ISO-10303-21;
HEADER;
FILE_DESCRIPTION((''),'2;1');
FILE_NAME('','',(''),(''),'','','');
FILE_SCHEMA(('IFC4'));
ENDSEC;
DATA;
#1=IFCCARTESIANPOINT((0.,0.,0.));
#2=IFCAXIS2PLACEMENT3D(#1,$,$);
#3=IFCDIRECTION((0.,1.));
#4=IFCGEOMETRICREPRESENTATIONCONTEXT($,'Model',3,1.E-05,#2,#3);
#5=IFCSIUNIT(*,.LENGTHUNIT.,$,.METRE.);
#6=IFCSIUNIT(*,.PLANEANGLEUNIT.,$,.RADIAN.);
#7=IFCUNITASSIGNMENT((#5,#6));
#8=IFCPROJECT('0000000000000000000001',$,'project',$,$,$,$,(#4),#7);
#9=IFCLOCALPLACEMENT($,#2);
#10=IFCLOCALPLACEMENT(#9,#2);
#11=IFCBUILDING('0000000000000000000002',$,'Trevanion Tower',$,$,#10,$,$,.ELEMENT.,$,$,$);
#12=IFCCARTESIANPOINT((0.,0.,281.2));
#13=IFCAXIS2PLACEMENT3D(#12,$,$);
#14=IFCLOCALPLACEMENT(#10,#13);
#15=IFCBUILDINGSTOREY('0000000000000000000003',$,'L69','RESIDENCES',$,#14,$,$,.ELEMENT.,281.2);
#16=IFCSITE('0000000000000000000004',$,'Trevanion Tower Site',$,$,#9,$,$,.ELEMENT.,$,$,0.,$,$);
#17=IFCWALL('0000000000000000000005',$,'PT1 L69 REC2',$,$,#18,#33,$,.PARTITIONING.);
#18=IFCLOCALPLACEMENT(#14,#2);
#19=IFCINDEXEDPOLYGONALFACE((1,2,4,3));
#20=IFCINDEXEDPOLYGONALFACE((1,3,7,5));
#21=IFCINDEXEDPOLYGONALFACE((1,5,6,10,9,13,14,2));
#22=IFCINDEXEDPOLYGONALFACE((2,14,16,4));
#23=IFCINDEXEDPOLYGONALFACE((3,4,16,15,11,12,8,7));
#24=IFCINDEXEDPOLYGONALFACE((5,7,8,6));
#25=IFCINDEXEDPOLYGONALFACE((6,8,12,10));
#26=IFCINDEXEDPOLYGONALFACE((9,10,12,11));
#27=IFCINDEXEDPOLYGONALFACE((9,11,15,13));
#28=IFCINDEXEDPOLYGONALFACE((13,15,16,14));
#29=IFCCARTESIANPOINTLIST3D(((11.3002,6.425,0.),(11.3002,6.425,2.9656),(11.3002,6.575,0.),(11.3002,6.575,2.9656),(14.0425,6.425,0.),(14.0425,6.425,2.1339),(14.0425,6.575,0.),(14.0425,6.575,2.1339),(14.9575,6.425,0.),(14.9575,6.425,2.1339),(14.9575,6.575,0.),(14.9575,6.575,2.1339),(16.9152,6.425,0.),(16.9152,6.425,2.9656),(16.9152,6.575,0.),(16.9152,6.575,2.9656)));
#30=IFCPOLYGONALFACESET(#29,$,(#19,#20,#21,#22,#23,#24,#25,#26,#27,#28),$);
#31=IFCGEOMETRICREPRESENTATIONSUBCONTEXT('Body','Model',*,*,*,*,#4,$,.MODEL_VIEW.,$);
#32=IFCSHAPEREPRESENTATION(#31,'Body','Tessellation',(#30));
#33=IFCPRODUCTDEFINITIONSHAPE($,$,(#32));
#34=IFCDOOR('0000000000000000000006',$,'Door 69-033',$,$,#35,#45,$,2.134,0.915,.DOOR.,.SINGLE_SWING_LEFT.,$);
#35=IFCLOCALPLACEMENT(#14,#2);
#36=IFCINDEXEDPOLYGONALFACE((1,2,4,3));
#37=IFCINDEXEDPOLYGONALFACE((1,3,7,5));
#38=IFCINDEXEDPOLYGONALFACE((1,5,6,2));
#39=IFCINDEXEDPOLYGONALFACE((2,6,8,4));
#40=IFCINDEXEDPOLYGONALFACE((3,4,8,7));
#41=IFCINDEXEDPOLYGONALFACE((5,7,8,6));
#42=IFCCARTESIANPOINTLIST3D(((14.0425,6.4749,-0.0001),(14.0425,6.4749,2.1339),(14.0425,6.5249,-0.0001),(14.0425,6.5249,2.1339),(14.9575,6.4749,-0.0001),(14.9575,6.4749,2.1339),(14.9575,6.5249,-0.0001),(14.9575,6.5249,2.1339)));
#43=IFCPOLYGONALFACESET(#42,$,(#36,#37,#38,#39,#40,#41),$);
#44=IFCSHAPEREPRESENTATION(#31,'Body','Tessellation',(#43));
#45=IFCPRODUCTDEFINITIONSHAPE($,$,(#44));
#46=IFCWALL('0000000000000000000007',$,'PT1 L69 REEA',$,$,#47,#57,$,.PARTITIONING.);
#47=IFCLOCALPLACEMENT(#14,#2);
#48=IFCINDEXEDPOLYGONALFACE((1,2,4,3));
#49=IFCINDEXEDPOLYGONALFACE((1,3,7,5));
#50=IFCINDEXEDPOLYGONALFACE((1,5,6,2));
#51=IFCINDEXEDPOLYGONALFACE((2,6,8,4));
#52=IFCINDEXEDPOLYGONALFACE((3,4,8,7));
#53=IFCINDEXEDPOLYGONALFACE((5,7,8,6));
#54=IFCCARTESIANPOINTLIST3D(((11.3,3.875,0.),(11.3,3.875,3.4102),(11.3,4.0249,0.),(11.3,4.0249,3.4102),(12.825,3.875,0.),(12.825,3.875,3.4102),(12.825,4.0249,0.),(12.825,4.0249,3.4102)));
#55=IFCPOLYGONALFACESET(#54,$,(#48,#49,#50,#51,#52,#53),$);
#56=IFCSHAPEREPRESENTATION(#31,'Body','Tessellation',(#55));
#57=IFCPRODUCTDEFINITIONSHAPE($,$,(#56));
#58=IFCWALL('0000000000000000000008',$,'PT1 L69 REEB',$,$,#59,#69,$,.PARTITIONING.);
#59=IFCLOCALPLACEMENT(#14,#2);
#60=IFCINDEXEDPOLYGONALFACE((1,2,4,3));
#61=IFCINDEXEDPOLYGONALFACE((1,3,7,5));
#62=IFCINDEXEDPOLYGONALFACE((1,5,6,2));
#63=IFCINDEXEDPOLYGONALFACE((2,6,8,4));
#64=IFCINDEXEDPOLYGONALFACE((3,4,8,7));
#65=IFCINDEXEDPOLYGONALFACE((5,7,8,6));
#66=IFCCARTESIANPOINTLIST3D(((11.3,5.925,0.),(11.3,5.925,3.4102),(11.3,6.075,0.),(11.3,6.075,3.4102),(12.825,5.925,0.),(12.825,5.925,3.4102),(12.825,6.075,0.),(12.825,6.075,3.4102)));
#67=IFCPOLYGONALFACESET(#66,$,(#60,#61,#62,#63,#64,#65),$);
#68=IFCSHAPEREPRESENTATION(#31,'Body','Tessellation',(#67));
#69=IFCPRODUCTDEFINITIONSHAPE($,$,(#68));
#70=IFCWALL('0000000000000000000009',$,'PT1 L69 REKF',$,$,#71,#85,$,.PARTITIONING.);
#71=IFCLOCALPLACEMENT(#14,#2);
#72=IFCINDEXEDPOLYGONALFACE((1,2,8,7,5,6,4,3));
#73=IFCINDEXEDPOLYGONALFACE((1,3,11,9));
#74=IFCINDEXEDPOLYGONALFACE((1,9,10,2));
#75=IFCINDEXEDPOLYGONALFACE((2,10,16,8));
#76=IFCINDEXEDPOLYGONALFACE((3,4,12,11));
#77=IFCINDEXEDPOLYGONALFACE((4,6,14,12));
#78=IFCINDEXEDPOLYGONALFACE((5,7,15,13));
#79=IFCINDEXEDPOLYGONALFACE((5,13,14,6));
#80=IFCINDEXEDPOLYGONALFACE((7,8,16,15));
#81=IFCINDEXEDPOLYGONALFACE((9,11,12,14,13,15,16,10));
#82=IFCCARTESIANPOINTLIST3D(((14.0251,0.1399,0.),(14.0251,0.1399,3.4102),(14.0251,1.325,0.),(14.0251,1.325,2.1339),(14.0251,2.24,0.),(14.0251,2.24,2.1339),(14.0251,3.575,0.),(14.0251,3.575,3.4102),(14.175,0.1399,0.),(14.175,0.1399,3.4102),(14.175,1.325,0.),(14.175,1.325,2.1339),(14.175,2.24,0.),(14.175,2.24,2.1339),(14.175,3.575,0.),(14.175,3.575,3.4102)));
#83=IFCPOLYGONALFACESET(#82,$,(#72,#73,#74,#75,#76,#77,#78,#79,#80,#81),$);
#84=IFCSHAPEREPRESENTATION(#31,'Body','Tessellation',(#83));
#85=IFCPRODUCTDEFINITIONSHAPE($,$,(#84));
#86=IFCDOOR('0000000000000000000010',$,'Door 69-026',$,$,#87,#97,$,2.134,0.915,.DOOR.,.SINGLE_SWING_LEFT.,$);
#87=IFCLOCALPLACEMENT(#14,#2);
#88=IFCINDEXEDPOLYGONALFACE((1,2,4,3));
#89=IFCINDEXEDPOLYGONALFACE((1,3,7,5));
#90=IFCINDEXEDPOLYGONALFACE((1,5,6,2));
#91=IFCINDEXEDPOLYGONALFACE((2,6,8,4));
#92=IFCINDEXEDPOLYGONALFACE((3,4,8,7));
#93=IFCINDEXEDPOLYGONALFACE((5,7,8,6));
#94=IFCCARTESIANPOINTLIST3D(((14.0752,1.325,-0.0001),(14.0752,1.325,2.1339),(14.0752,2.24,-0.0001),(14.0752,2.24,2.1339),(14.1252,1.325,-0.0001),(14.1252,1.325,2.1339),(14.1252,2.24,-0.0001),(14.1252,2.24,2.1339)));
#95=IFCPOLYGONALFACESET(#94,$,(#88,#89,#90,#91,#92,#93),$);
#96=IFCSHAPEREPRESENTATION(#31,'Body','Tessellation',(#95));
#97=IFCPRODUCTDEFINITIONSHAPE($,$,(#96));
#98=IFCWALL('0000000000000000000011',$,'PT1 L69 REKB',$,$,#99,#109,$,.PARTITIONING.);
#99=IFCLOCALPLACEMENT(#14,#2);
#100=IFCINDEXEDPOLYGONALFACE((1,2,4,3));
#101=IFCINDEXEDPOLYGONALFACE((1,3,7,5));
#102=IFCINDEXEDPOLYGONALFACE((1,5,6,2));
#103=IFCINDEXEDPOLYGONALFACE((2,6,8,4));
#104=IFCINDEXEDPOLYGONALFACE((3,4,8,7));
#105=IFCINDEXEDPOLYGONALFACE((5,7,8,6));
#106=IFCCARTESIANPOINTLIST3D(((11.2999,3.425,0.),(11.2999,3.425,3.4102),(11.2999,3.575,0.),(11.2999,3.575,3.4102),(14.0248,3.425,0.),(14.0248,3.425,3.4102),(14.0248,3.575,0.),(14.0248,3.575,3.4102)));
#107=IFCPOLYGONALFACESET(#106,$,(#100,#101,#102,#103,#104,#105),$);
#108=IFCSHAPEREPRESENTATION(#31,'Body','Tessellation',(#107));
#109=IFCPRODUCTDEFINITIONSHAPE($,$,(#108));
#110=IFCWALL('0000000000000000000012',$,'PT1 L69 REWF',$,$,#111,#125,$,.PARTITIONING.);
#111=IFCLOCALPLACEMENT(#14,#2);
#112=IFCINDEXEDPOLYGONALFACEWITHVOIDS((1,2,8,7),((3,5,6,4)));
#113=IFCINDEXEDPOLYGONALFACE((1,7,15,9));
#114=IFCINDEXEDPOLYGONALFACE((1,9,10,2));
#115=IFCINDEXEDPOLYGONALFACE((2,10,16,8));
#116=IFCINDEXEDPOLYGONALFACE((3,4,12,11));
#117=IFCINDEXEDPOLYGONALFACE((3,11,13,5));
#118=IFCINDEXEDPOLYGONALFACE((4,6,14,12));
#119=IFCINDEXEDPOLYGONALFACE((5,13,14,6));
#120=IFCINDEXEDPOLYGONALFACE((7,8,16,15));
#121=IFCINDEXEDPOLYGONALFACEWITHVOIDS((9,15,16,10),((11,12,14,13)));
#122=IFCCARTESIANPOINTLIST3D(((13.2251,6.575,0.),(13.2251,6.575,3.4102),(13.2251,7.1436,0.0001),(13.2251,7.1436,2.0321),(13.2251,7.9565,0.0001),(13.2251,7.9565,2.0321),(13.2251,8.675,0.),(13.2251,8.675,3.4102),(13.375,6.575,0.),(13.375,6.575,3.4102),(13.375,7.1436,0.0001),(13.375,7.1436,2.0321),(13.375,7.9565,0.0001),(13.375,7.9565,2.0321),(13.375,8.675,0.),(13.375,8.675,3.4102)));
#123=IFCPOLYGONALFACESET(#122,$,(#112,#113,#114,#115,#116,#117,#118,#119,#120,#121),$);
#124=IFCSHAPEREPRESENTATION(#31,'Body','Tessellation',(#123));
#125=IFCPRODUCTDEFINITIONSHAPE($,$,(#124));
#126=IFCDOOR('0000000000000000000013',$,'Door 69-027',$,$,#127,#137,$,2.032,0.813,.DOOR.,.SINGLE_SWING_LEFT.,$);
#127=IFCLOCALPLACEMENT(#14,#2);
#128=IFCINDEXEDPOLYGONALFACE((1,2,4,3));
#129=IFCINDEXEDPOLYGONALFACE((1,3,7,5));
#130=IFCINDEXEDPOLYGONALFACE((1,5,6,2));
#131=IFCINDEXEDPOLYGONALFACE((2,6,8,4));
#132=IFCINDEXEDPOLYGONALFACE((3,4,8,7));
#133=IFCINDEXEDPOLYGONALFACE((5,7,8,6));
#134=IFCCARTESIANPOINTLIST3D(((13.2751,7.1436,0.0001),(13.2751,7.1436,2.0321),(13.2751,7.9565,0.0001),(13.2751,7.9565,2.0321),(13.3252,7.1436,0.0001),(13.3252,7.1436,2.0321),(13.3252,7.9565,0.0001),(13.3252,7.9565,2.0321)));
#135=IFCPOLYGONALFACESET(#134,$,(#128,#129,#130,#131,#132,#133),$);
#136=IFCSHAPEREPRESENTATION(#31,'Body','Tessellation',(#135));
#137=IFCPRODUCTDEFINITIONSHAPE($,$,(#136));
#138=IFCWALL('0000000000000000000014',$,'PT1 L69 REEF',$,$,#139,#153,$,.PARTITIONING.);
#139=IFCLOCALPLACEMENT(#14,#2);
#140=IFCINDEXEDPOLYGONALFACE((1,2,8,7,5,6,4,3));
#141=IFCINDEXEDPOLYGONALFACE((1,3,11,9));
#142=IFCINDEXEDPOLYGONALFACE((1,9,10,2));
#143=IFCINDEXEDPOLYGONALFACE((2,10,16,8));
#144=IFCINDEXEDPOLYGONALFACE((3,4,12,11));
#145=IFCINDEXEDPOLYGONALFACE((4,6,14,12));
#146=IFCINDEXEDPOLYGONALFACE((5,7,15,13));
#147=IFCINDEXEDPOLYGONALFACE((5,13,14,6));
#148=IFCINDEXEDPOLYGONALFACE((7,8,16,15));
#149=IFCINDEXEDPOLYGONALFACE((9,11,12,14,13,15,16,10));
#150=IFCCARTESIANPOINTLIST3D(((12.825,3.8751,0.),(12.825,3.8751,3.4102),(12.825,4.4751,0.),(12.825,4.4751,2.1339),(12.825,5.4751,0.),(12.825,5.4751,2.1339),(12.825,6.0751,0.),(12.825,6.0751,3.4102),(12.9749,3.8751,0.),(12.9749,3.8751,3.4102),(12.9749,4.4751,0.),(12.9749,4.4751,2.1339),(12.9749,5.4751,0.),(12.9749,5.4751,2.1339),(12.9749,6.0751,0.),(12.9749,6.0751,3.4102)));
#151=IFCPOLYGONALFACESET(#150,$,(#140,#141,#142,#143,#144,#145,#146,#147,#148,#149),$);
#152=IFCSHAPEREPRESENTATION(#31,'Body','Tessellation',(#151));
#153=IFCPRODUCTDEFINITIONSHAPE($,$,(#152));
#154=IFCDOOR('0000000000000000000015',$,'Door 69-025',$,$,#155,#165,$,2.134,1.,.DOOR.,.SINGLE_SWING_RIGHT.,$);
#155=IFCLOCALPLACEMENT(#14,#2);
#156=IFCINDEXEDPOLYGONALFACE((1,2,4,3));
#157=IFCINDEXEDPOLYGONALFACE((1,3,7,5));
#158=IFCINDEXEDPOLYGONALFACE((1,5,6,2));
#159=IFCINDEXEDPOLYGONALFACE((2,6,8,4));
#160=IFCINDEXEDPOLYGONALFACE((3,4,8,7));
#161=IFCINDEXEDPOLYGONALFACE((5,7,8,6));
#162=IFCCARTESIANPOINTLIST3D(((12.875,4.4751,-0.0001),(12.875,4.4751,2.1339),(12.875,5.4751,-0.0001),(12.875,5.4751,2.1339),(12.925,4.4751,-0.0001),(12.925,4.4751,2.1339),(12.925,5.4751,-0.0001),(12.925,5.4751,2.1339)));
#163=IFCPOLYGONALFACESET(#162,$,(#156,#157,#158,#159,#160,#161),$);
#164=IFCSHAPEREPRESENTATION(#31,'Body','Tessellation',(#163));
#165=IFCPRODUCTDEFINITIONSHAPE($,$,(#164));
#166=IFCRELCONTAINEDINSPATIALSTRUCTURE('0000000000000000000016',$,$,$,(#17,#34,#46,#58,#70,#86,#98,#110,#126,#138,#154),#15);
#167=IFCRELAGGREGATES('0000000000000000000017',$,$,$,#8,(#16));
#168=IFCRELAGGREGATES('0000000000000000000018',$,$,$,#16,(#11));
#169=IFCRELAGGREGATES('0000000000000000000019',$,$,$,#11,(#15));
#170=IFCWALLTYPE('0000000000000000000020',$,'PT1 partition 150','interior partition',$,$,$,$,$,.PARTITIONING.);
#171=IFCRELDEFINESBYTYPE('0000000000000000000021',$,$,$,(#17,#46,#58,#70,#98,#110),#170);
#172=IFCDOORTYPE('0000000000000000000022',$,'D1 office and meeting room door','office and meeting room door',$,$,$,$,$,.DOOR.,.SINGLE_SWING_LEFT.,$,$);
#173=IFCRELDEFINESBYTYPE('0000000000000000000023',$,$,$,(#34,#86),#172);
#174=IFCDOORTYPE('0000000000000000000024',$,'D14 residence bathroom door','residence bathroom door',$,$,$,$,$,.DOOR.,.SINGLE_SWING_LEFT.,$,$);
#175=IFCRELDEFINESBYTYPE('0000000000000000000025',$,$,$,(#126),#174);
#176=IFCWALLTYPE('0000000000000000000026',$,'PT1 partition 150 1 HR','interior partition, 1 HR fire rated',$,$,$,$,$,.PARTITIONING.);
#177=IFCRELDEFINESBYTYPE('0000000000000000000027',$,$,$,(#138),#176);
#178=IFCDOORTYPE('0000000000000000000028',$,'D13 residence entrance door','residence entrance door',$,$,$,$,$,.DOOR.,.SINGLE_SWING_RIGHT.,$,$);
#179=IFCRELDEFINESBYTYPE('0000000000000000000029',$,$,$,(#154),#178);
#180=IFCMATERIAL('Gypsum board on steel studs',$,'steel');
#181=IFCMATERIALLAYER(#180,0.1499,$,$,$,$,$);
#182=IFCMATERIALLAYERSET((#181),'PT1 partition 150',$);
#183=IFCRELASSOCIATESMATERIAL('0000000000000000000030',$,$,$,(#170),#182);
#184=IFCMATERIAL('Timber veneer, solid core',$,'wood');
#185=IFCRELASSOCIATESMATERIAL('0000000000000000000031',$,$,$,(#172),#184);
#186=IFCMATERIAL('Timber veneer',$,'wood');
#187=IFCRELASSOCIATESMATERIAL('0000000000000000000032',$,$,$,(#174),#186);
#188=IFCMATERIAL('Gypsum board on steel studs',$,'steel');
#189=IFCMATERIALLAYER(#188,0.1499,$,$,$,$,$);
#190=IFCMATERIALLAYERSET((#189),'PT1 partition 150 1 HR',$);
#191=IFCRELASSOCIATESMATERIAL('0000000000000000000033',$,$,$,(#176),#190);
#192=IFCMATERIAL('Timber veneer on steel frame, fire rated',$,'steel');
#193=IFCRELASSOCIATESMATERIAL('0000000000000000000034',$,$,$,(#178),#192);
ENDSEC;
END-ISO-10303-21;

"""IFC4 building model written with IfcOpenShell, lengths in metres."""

from ifc_helpers import new_model, si_unit, direction, frame, frame_2d, origin, place, context, subcontext, project, spatial, rectangle, extrude, material, layer, layer_set, type_object, element, fill, save


model = new_model("IFC4")

# Units and contexts
model_context = context("Model", 3, precision=1e-05, world=origin(), true_north=direction((0.0, 1.0)))
body_context = subcontext(model_context, "Body", "Model", "MODEL_VIEW")
ifc_project = project(units=[si_unit("LENGTHUNIT", "METRE"), si_unit("PLANEANGLEUNIT", "RADIAN")], contexts=[model_context])

# Site, building, storey
site_placement = place(None, origin())
site = spatial("IfcSite", under=ifc_project, at=site_placement, Name="Trevanion Tower Site", CompositionType="ELEMENT", RefElevation=0.0)
building_placement = place(site_placement, origin())
building = spatial("IfcBuilding", under=site, at=building_placement, Name="Trevanion Tower", CompositionType="ELEMENT")
storey_placement = place(building_placement, frame((0.0, 0.0, 281.2)))
storey = spatial("IfcBuildingStorey", under=building, at=storey_placement, Name="L69", Description="RESIDENCES", CompositionType="ELEMENT", Elevation=281.2)

# Shared definitions
ifc_material_1 = material(Name="Gypsum board on steel studs", Category="steel")
ifc_layer_1 = layer(ifc_material_1, 0.1499)
ifc_layer_set_1 = layer_set([ifc_layer_1], Name="PT1 partition 150")
wall_type_1 = type_object("IfcWallType", Name="PT1 partition 150", Description="interior partition", PredefinedType="PARTITIONING", material=ifc_layer_set_1)
ifc_material_2 = material(Name="Timber veneer, solid core", Category="wood")
door_type_1 = type_object("IfcDoorType", Name="D1 office and meeting room door", Description="office and meeting room door", OperationType="SINGLE_SWING_LEFT", PredefinedType="DOOR", material=ifc_material_2)

# Wall, opening, door
wall_1_placement = place(storey_placement, frame((11.3, 6.5, 0.0), z_axis=(0.0, 0.0, 1.0), x_axis=(1.0, 0.0, 0.0)))
wall_1 = element("IfcWall", 1, at=wall_1_placement, inside=storey, type_object=wall_type_1, Name="PT1 L69 REC2", PredefinedType="PARTITIONING", context=body_context, shape_type="SweptSolid", body=[
    extrude(rectangle(XDim=5.615, YDim=0.1499, at=frame_2d((2.8076, 0.0))), origin(), (0.0, 0.0, 1.0), 2.9656),
])
opening_1_placement = place(wall_1_placement, frame((2.7424, 0.0, 0.0)))
opening_1 = element("IfcOpeningElement", 2, at=opening_1_placement, cuts=wall_1, PredefinedType="OPENING", context=body_context, shape_type="SweptSolid", body=[
    extrude(rectangle(XDim=0.915, YDim=2.134, at=frame_2d((0.4575, 1.0669))), frame((0.0, 0.085, 0.0), z_axis=(0.0, -1.0, 0.0), x_axis=(1.0, 0.0, 0.0)), (0.0, 0.0, 1.0), 0.1699),
])
door_1_placement = place(opening_1_placement, origin())
door_1 = element("IfcDoor", 3, at=door_1_placement, inside=storey, type_object=door_type_1, Name="Door 69-033", OperationType="SINGLE_SWING_LEFT", OverallHeight=2.134, OverallWidth=0.915, PredefinedType="DOOR", context=body_context, shape_type="SweptSolid", body=[
    extrude(rectangle(XDim=0.915, YDim=2.134, at=frame_2d((0.4575, 1.0669))), frame((0.0, 0.0249, 0.0), z_axis=(0.0, -1.0, 0.0), x_axis=(1.0, 0.0, 0.0)), (0.0, 0.0, 1.0), 0.05),
])
fill(opening_1, door_1)

# Walls
for number, where, z_axis, x_axis, name in (
    (4, (11.3, 3.95, 0.0), (0.0, 0.0, 1.0), (1.0, 0.0, 0.0), "PT1 L69 REEA"),
    (5, (11.3, 6.0, 0.0), (0.0, 0.0, 1.0), (1.0, 0.0, 0.0), "PT1 L69 REEB"),
):
    element("IfcWall", number, at=place(storey_placement, frame(where, z_axis=z_axis, x_axis=x_axis)), inside=storey, type_object=wall_type_1, Name=name, PredefinedType="PARTITIONING", context=body_context, shape_type="SweptSolid", body=[
        extrude(rectangle(XDim=1.5249, YDim=0.1499, at=frame_2d((0.7625, 0.0))), origin(), (0.0, 0.0, 1.0), 3.4102),
    ])

# Wall, opening, door
wall_2_placement = place(storey_placement, frame((14.1001, 0.1399, 0.0), z_axis=(0.0, 0.0, 1.0), x_axis=(0.0, 1.0, 0.0)))
wall_2 = element("IfcWall", 6, at=wall_2_placement, inside=storey, type_object=wall_type_1, Name="PT1 L69 REKF", PredefinedType="PARTITIONING", context=body_context, shape_type="SweptSolid", body=[
    extrude(rectangle(XDim=3.4351, YDim=0.1499, at=frame_2d((1.7175, 0.0))), origin(), (0.0, 0.0, 1.0), 3.4102),
])
opening_2_placement = place(wall_2_placement, frame((1.1851, 0.0, 0.0)))
opening_2 = element("IfcOpeningElement", 7, at=opening_2_placement, cuts=wall_2, PredefinedType="OPENING", context=body_context, shape_type="SweptSolid", body=[
    extrude(rectangle(XDim=0.915, YDim=2.134, at=frame_2d((0.4575, 1.0669))), frame((0.0, 0.085, 0.0), z_axis=(0.0, -1.0, 0.0), x_axis=(1.0, 0.0, 0.0)), (0.0, 0.0, 1.0), 0.1699),
])
door_2_placement = place(opening_2_placement, origin())
door_2 = element("IfcDoor", 8, at=door_2_placement, inside=storey, type_object=door_type_1, Name="Door 69-026", OperationType="SINGLE_SWING_LEFT", OverallHeight=2.134, OverallWidth=0.915, PredefinedType="DOOR", context=body_context, shape_type="SweptSolid", body=[
    extrude(rectangle(XDim=0.915, YDim=2.134, at=frame_2d((0.4575, 1.0669))), frame((0.0, 0.0249, 0.0), z_axis=(0.0, -1.0, 0.0), x_axis=(1.0, 0.0, 0.0)), (0.0, 0.0, 1.0), 0.05),
])
fill(opening_2, door_2)

# Wall
wall_3_placement = place(storey_placement, frame((11.3, 3.5, 0.0), z_axis=(0.0, 0.0, 1.0), x_axis=(1.0, 0.0, 0.0)))
element("IfcWall", 9, at=wall_3_placement, inside=storey, type_object=wall_type_1, Name="PT1 L69 REKB", PredefinedType="PARTITIONING", context=body_context, shape_type="SweptSolid", body=[
    extrude(rectangle(XDim=2.7249, YDim=0.1499, at=frame_2d((1.3623, 0.0))), origin(), (0.0, 0.0, 1.0), 3.4102),
])

# Walls, openings, doors
wall_4_placement = place(storey_placement, frame((13.3, 6.575, 0.0), z_axis=(0.0, 0.0, 1.0), x_axis=(0.0, 1.0, 0.0)))
wall_4 = element("IfcWall", 10, at=wall_4_placement, inside=storey, type_object=wall_type_1, Name="PT1 L69 REWF", PredefinedType="PARTITIONING", context=body_context, shape_type="SweptSolid", body=[
    extrude(rectangle(XDim=2.1001, YDim=0.1499, at=frame_2d((1.05, 0.0))), origin(), (0.0, 0.0, 1.0), 3.4102),
])
opening_3_placement = place(wall_4_placement, frame((0.5686, 0.0, 0.0)))
opening_3 = element("IfcOpeningElement", 11, at=opening_3_placement, cuts=wall_4, PredefinedType="OPENING", context=body_context, shape_type="SweptSolid", body=[
    extrude(rectangle(XDim=0.813, YDim=2.032, at=frame_2d((0.4065, 1.0161))), frame((0.0, 0.085, 0.0), z_axis=(0.0, -1.0, 0.0), x_axis=(1.0, 0.0, 0.0)), (0.0, 0.0, 1.0), 0.1699),
])
ifc_material_3 = material(Name="Timber veneer", Category="wood")
door_type_2 = type_object("IfcDoorType", Name="D14 residence bathroom door", Description="residence bathroom door", OperationType="SINGLE_SWING_LEFT", PredefinedType="DOOR", material=ifc_material_3)
door_3_placement = place(opening_3_placement, origin())
door_3 = element("IfcDoor", 12, at=door_3_placement, inside=storey, type_object=door_type_2, Name="Door 69-027", OperationType="SINGLE_SWING_LEFT", OverallHeight=2.032, OverallWidth=0.813, PredefinedType="DOOR", context=body_context, shape_type="SweptSolid", body=[
    extrude(rectangle(XDim=0.813, YDim=2.032, at=frame_2d((0.4065, 1.0161))), frame((0.0, 0.0249, 0.0), z_axis=(0.0, -1.0, 0.0), x_axis=(1.0, 0.0, 0.0)), (0.0, 0.0, 1.0), 0.05),
])
fill(opening_3, door_3)
ifc_material_4 = material(Name="Gypsum board on steel studs", Category="steel")
ifc_layer_2 = layer(ifc_material_4, 0.1499)
ifc_layer_set_2 = layer_set([ifc_layer_2], Name="PT1 partition 150 1 HR")
wall_type_2 = type_object("IfcWallType", Name="PT1 partition 150 1 HR", Description="interior partition, 1 HR fire rated", PredefinedType="PARTITIONING", material=ifc_layer_set_2)
wall_5_placement = place(storey_placement, frame((12.8999, 3.875, 0.0), z_axis=(0.0, 0.0, 1.0), x_axis=(0.0, 1.0, 0.0)))
wall_5 = element("IfcWall", 13, at=wall_5_placement, inside=storey, type_object=wall_type_2, Name="PT1 L69 REEF", PredefinedType="PARTITIONING", context=body_context, shape_type="SweptSolid", body=[
    extrude(rectangle(XDim=2.2, YDim=0.1499, at=frame_2d((1.1001, 0.0))), origin(), (0.0, 0.0, 1.0), 3.4102),
])
opening_4_placement = place(wall_5_placement, frame((0.6001, 0.0, 0.0)))
opening_4 = element("IfcOpeningElement", 14, at=opening_4_placement, cuts=wall_5, PredefinedType="OPENING", context=body_context, shape_type="SweptSolid", body=[
    extrude(rectangle(XDim=1.0, YDim=2.134, at=frame_2d((0.5, 1.0669))), frame((0.0, 0.085, 0.0), z_axis=(0.0, -1.0, 0.0), x_axis=(1.0, 0.0, 0.0)), (0.0, 0.0, 1.0), 0.1699),
])
ifc_material_5 = material(Name="Timber veneer on steel frame, fire rated", Category="steel")
door_type_3 = type_object("IfcDoorType", Name="D13 residence entrance door", Description="residence entrance door", OperationType="SINGLE_SWING_RIGHT", PredefinedType="DOOR", material=ifc_material_5)
door_4_placement = place(opening_4_placement, origin())
door_4 = element("IfcDoor", 15, at=door_4_placement, inside=storey, type_object=door_type_3, Name="Door 69-025", OperationType="SINGLE_SWING_RIGHT", OverallHeight=2.134, OverallWidth=1.0, PredefinedType="DOOR", context=body_context, shape_type="SweptSolid", body=[
    extrude(rectangle(XDim=1.0, YDim=2.134, at=frame_2d((0.5, 1.0669))), frame((0.0, 0.0249, 0.0), z_axis=(0.0, -1.0, 0.0), x_axis=(1.0, 0.0, 0.0)), (0.0, 0.0, 1.0), 0.05),
])
fill(opening_4, door_4)

save(model, "model.ifc")
